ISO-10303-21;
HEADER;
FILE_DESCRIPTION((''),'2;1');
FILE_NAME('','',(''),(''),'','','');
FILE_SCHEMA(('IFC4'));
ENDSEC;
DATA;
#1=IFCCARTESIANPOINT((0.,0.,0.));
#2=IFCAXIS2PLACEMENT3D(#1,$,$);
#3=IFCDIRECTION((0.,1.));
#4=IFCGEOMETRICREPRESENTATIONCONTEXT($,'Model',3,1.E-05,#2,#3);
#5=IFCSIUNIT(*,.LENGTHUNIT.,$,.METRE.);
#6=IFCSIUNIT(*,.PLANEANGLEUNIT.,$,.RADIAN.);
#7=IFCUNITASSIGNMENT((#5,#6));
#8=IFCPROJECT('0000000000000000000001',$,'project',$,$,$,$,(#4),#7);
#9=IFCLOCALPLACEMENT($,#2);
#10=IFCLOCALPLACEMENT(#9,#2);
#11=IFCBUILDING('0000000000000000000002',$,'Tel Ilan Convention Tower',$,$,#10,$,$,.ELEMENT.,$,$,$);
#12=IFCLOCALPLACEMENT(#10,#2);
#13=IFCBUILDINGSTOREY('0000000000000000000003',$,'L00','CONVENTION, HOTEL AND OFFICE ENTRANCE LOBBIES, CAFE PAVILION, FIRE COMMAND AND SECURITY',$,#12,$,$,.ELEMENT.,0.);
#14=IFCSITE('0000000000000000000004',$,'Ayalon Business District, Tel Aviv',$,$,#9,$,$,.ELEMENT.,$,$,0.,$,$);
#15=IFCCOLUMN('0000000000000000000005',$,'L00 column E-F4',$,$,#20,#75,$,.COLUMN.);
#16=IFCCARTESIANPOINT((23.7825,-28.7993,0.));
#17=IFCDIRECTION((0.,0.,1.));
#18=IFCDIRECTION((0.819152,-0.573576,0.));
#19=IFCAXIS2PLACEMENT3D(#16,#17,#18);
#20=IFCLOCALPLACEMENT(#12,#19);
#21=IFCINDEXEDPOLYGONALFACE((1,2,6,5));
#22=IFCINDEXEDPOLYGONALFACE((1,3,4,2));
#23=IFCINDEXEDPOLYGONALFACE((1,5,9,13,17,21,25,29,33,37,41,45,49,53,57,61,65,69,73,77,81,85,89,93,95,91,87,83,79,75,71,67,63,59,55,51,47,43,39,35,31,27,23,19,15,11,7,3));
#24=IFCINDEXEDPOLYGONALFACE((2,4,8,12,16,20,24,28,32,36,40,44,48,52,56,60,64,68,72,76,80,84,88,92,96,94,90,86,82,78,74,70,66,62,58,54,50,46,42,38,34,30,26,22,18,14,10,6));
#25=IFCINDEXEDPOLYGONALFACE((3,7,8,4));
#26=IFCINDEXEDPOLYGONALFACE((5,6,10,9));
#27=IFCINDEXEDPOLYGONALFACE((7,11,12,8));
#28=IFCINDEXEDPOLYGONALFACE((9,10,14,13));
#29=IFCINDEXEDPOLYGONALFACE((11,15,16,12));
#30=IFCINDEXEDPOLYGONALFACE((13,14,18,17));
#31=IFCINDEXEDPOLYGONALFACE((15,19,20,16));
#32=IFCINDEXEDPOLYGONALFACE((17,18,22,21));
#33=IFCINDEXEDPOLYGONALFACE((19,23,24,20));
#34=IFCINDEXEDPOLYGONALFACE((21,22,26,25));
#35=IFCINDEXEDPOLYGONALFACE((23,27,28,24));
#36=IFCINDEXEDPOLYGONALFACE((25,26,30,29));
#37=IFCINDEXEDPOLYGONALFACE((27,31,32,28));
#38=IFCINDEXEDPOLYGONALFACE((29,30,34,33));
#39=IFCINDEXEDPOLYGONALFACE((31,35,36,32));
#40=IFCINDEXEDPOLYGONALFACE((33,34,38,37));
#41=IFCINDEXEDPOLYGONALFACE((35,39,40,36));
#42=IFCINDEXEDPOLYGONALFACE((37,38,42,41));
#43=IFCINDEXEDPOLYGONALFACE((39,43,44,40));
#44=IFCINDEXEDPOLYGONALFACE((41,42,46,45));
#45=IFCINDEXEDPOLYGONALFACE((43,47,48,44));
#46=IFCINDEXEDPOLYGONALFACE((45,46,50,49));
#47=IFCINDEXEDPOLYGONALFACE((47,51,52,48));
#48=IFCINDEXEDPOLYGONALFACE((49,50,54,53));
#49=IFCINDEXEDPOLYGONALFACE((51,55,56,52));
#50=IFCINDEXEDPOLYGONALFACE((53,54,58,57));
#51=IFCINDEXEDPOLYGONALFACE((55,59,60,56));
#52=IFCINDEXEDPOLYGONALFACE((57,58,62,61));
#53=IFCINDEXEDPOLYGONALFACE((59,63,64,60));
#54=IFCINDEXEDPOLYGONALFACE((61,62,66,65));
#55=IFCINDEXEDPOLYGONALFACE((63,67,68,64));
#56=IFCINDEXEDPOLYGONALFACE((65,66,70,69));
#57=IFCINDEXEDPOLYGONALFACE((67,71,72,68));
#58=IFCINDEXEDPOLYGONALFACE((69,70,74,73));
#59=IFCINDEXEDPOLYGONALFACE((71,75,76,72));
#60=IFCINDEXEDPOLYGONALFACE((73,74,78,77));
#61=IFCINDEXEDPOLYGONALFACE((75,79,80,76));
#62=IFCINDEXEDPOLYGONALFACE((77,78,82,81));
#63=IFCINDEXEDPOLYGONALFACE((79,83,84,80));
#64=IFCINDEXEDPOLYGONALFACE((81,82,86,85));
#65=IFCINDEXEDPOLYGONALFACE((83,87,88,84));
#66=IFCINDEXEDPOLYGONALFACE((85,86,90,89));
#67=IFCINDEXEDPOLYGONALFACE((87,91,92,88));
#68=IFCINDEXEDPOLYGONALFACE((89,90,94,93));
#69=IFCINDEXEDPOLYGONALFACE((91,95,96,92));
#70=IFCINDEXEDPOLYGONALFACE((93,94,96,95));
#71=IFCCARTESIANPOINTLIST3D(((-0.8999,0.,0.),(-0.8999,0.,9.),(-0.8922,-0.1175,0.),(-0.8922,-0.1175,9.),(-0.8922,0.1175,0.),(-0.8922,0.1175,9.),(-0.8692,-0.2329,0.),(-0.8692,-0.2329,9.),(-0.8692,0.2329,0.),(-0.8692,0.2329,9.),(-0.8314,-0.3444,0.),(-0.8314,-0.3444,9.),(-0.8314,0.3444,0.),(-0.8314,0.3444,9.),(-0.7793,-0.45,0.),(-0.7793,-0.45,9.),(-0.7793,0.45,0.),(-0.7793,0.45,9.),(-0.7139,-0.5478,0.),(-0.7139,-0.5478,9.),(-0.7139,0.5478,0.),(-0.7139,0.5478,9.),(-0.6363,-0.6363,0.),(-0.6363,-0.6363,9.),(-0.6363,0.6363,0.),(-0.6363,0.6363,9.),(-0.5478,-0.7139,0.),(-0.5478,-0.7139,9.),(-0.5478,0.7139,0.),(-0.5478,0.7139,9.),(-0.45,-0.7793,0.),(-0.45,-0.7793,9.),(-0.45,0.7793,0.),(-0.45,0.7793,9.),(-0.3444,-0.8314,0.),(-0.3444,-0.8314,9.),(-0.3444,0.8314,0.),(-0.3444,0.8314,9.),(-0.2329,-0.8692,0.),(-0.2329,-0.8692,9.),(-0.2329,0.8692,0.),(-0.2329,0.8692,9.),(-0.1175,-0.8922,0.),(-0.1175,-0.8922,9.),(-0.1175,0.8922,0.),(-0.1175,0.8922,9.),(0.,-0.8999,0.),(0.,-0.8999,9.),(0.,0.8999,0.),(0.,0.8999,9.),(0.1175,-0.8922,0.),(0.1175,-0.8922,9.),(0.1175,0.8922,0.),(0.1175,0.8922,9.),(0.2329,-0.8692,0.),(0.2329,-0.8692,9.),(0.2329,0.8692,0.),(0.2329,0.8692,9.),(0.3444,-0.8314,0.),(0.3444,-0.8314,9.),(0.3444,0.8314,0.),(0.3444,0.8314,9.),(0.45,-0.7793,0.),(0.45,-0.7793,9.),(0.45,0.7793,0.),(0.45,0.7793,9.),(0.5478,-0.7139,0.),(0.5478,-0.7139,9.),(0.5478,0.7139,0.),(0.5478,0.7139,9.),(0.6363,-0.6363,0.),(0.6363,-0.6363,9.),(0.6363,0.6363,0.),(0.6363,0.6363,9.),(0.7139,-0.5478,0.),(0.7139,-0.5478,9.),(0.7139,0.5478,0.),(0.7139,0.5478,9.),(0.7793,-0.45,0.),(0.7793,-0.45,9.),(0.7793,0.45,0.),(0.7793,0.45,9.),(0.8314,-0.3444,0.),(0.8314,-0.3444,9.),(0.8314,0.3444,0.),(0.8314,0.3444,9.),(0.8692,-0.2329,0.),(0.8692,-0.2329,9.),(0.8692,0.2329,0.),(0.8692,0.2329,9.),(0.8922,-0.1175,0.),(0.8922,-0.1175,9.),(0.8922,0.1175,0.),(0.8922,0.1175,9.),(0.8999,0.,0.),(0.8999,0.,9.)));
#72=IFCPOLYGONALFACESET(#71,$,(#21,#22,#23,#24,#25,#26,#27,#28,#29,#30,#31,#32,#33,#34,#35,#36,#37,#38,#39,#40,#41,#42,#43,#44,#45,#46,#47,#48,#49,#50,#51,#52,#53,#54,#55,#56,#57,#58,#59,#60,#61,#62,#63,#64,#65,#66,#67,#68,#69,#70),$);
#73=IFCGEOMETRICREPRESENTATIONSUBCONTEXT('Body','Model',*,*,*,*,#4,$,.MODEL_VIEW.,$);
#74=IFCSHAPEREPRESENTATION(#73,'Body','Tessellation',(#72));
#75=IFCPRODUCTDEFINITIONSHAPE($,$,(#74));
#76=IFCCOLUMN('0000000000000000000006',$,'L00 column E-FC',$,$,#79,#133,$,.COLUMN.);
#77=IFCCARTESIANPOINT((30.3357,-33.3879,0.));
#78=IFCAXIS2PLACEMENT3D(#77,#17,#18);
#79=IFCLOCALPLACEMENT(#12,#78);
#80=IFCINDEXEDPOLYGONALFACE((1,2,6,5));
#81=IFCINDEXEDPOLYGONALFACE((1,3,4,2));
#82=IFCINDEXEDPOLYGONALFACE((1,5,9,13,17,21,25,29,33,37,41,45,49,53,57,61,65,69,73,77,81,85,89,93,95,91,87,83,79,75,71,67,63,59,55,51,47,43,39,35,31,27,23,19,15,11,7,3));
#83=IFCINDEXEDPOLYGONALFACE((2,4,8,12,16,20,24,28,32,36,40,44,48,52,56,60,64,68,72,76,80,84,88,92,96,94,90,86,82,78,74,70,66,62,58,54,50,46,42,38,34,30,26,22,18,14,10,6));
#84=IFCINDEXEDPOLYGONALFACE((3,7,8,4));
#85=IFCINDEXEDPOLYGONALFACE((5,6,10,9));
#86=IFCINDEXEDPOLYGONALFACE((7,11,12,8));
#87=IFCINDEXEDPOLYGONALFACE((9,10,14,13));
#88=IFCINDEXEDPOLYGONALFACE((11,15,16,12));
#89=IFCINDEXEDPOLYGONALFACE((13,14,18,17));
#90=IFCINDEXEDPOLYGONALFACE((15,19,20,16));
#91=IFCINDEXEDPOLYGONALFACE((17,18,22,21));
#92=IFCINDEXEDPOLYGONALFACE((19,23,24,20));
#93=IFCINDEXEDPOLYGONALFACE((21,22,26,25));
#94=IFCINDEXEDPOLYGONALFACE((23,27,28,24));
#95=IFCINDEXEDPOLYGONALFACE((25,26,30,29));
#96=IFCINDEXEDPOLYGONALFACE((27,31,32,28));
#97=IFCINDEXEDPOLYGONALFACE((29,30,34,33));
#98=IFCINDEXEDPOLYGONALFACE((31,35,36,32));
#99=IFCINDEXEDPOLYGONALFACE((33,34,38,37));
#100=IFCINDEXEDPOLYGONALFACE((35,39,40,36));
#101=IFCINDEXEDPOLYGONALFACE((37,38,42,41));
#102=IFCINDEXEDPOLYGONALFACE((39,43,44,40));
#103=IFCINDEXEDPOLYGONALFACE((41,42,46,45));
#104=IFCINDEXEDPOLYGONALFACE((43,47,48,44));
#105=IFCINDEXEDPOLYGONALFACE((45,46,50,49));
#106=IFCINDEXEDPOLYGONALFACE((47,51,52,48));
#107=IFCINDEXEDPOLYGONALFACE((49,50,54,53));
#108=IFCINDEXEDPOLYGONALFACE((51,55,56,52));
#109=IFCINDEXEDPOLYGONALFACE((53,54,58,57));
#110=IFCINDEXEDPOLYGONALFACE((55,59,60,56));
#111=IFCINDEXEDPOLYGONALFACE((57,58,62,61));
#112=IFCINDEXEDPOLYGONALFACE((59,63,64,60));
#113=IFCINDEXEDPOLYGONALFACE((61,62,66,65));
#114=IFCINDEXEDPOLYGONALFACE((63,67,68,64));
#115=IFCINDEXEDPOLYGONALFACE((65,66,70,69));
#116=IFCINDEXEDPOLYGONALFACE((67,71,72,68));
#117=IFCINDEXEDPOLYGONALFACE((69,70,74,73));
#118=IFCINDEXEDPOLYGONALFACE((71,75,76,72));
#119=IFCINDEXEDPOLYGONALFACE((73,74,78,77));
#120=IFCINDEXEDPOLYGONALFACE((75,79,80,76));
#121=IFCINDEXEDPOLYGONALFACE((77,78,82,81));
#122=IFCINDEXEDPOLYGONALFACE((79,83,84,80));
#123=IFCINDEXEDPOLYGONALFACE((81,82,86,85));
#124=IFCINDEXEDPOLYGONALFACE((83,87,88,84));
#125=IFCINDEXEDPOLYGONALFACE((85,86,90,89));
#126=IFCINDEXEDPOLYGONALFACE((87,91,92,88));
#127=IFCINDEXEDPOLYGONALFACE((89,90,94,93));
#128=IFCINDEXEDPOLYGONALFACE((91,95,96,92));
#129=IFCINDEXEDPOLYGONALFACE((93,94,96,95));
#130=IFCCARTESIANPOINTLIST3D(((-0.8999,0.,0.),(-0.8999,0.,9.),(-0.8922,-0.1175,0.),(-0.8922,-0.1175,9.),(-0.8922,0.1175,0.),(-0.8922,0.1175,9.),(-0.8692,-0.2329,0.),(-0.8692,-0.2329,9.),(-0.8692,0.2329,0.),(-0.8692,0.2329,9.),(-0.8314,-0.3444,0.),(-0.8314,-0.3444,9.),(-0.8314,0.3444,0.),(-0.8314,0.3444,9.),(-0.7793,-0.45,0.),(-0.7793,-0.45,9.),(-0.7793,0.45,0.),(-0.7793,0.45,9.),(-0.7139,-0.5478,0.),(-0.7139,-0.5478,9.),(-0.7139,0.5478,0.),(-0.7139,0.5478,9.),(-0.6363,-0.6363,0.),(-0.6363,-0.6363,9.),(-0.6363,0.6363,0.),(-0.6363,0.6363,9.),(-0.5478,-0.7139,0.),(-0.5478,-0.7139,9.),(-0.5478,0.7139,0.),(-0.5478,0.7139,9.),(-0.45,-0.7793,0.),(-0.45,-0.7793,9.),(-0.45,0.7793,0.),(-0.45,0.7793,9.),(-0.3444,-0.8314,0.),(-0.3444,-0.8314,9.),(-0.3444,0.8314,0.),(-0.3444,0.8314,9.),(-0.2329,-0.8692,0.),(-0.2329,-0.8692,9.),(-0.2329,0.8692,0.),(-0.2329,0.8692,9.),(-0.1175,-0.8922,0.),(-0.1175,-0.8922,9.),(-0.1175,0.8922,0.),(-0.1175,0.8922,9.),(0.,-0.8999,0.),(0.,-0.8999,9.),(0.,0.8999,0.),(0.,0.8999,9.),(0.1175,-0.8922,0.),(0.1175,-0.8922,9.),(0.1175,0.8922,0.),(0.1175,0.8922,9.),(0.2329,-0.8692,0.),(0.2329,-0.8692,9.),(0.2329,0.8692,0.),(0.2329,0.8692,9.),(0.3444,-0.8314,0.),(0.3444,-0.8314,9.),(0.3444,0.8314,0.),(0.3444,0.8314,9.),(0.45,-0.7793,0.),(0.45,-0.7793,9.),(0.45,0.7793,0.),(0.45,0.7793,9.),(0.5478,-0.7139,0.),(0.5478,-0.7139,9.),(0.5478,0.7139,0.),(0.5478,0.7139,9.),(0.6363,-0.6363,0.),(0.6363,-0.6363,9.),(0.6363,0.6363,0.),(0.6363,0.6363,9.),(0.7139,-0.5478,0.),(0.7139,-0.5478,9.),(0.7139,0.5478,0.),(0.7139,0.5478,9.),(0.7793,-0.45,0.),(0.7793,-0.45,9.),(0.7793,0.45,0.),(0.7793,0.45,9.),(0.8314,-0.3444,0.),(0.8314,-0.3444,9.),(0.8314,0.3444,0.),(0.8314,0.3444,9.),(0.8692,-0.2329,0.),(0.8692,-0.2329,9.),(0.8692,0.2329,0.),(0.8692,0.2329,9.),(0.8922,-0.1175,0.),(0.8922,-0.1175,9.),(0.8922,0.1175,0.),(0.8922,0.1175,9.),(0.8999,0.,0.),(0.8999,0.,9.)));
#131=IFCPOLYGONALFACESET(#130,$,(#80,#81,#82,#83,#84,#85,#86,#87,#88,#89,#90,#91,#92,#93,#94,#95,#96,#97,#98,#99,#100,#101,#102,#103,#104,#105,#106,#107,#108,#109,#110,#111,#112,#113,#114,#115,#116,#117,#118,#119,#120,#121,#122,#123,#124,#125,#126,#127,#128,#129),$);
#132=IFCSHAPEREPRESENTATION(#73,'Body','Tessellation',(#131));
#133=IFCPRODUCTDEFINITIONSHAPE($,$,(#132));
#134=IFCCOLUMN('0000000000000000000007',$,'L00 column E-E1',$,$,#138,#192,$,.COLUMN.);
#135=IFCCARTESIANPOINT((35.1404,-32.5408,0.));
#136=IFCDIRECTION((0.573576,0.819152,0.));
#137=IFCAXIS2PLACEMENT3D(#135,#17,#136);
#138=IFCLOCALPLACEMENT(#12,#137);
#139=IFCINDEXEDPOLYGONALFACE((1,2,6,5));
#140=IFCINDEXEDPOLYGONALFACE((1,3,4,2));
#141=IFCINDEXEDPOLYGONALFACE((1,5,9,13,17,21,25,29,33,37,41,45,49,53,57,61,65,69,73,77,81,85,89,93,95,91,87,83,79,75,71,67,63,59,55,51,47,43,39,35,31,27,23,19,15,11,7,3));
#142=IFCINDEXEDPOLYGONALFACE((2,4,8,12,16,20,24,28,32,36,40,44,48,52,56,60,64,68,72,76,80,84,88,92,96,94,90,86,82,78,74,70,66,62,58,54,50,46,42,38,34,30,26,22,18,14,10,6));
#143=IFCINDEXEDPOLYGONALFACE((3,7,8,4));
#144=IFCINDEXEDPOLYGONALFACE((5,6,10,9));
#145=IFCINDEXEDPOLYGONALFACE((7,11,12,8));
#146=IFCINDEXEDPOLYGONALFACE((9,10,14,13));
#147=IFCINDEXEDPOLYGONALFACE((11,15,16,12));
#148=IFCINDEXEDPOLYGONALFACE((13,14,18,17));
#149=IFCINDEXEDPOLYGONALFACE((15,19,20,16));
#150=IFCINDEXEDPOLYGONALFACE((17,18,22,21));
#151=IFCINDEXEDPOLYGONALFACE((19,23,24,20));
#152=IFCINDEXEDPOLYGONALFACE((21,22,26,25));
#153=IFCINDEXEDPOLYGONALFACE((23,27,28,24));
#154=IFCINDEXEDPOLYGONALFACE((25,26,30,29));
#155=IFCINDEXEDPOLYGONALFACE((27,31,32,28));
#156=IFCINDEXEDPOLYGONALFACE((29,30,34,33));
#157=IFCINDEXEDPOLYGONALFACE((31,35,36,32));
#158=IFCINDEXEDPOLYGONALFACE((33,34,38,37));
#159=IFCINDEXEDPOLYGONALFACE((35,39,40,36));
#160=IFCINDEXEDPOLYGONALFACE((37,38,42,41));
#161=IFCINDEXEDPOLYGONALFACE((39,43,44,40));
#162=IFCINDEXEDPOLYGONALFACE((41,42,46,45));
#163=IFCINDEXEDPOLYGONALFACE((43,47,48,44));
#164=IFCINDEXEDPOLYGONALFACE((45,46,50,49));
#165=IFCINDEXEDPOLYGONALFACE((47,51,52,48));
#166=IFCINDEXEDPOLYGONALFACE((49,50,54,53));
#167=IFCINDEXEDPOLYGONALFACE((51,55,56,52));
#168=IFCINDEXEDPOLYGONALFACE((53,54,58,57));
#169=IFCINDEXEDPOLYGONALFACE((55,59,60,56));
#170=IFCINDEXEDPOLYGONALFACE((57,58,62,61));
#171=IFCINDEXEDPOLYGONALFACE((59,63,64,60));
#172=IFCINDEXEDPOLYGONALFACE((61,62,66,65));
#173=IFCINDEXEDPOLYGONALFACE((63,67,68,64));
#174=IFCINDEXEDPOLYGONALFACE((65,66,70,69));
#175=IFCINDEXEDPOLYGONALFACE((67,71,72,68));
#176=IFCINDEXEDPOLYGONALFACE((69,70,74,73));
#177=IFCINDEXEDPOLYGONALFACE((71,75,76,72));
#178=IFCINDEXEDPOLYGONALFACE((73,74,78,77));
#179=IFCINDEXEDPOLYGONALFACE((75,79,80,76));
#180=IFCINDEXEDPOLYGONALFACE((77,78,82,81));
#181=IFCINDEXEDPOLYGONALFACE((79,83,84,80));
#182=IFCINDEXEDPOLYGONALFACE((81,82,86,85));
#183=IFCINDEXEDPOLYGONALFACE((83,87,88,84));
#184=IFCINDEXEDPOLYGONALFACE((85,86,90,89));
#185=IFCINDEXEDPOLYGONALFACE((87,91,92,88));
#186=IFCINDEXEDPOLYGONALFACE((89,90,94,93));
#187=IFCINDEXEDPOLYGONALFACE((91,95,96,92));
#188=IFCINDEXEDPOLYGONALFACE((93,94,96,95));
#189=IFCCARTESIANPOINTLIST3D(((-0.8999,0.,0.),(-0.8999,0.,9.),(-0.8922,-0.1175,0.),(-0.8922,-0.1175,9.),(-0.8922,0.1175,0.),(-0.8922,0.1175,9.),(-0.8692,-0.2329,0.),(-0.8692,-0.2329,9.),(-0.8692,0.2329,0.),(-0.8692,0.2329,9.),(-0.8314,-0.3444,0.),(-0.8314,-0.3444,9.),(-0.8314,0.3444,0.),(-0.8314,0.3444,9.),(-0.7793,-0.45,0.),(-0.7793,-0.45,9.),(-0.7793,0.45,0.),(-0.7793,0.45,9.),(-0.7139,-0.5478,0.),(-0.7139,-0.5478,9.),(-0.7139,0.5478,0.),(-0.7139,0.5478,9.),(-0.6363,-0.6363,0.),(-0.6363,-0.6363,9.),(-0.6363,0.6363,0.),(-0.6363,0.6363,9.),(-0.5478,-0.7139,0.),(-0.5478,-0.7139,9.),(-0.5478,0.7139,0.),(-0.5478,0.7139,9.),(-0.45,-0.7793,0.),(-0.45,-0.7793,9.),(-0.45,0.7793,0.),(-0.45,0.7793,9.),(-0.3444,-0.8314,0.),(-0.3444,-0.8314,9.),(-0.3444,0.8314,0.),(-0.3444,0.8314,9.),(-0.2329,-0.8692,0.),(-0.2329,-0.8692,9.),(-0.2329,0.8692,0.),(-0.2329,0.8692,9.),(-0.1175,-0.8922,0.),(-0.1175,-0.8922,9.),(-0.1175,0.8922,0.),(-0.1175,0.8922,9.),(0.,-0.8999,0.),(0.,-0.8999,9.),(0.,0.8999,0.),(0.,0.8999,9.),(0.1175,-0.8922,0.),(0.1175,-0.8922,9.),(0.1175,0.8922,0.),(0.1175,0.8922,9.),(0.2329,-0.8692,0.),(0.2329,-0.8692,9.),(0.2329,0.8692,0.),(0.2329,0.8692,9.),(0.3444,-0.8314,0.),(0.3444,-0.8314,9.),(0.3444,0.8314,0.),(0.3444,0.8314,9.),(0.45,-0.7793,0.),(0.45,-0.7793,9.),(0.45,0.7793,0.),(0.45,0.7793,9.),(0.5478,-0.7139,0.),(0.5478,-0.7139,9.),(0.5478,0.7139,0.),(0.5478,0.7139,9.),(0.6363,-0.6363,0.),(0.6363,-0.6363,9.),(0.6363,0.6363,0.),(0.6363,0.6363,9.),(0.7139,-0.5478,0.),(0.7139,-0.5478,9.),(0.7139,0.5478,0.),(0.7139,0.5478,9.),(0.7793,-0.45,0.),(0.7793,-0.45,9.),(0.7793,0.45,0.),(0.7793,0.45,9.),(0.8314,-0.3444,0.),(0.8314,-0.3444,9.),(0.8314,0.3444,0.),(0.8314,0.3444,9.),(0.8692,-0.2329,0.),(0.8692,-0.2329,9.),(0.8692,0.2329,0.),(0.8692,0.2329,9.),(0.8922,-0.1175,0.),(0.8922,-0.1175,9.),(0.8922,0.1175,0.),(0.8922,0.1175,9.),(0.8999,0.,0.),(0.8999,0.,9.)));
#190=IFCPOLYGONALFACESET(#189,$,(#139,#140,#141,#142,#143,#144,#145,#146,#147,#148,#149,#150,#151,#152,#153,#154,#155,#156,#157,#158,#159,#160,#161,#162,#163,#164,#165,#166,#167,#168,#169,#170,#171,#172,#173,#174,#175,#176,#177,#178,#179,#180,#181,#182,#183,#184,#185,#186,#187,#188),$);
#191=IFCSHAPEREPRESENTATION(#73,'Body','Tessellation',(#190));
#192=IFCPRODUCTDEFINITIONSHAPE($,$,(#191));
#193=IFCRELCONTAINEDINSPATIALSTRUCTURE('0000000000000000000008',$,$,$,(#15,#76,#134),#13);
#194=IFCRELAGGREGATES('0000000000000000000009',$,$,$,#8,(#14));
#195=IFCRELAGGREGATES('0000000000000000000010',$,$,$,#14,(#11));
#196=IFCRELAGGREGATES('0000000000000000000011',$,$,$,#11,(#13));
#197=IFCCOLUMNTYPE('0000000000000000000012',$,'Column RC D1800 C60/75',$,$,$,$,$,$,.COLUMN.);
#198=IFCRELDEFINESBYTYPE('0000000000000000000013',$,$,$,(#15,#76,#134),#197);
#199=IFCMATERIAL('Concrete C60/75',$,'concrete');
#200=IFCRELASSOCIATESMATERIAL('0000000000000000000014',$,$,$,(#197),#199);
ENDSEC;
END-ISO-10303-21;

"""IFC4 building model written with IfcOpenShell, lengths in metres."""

from ifc_helpers import new_model, si_unit, direction, frame, origin, origin_2d, place, context, subcontext, project, spatial, circle, extrude, material, material_profile, profile_set, type_object, element, save


model = new_model("IFC4")

# Units and contexts
model_context = context("Model", 3, precision=1e-05, world=origin(), true_north=direction((0.0, 1.0)))
body_context = subcontext(model_context, "Body", "Model", "MODEL_VIEW")
ifc_project = project(units=[si_unit("LENGTHUNIT", "METRE"), si_unit("PLANEANGLEUNIT", "RADIAN")], contexts=[model_context])

# Site, building, storey
site_placement = place(None, origin())
site = spatial("IfcSite", under=ifc_project, at=site_placement, Name="Ayalon Business District, Tel Aviv", CompositionType="ELEMENT", RefElevation=0.0)
building_placement = place(site_placement, origin())
building = spatial("IfcBuilding", under=site, at=building_placement, Name="Tel Ilan Convention Tower", CompositionType="ELEMENT")
storey_placement = place(building_placement, origin())
storey = spatial("IfcBuildingStorey", under=building, at=storey_placement, Name="L00", Description="CONVENTION, HOTEL AND OFFICE ENTRANCE LOBBIES, CAFE PAVILION, FIRE COMMAND AND SECURITY", CompositionType="ELEMENT", Elevation=0.0)

# Columns
ifc_material_1 = material(Name="Concrete C60/75", Category="concrete")
ifc_material_profile_1 = material_profile(ifc_material_1, circle(Radius=0.8999, at=origin_2d()), Name="RC D1800")
ifc_profile_set_1 = profile_set([ifc_material_profile_1], Name="Concrete C60/75")
column_type = type_object("IfcColumnType", Name="Column RC D1800 C60/75", PredefinedType="COLUMN", material=ifc_profile_set_1)
for number, where, z_axis, x_axis, name in (
    (1, (23.7825, -28.7993, 0.0), (0.0, 0.0, 1.0), (0.819152, -0.573576, 0.0), "L00 column E-F4"),
    (2, (30.3357, -33.3879, 0.0), (0.0, 0.0, 1.0), (0.819152, -0.573576, 0.0), "L00 column E-FC"),
    (3, (35.1404, -32.5408, 0.0), (0.0, 0.0, 1.0), (0.573576, 0.819152, 0.0), "L00 column E-E1"),
):
    element("IfcColumn", number, at=place(storey_placement, frame(where, z_axis=z_axis, x_axis=x_axis)), inside=storey, type_object=column_type, Name=name, PredefinedType="COLUMN", context=body_context, shape_type="SweptSolid", body=[
        extrude(circle(Radius=0.8999, at=origin_2d()), origin(), (0.0, 0.0, 1.0), 9.0),
    ])

save(model, "model.ifc")
